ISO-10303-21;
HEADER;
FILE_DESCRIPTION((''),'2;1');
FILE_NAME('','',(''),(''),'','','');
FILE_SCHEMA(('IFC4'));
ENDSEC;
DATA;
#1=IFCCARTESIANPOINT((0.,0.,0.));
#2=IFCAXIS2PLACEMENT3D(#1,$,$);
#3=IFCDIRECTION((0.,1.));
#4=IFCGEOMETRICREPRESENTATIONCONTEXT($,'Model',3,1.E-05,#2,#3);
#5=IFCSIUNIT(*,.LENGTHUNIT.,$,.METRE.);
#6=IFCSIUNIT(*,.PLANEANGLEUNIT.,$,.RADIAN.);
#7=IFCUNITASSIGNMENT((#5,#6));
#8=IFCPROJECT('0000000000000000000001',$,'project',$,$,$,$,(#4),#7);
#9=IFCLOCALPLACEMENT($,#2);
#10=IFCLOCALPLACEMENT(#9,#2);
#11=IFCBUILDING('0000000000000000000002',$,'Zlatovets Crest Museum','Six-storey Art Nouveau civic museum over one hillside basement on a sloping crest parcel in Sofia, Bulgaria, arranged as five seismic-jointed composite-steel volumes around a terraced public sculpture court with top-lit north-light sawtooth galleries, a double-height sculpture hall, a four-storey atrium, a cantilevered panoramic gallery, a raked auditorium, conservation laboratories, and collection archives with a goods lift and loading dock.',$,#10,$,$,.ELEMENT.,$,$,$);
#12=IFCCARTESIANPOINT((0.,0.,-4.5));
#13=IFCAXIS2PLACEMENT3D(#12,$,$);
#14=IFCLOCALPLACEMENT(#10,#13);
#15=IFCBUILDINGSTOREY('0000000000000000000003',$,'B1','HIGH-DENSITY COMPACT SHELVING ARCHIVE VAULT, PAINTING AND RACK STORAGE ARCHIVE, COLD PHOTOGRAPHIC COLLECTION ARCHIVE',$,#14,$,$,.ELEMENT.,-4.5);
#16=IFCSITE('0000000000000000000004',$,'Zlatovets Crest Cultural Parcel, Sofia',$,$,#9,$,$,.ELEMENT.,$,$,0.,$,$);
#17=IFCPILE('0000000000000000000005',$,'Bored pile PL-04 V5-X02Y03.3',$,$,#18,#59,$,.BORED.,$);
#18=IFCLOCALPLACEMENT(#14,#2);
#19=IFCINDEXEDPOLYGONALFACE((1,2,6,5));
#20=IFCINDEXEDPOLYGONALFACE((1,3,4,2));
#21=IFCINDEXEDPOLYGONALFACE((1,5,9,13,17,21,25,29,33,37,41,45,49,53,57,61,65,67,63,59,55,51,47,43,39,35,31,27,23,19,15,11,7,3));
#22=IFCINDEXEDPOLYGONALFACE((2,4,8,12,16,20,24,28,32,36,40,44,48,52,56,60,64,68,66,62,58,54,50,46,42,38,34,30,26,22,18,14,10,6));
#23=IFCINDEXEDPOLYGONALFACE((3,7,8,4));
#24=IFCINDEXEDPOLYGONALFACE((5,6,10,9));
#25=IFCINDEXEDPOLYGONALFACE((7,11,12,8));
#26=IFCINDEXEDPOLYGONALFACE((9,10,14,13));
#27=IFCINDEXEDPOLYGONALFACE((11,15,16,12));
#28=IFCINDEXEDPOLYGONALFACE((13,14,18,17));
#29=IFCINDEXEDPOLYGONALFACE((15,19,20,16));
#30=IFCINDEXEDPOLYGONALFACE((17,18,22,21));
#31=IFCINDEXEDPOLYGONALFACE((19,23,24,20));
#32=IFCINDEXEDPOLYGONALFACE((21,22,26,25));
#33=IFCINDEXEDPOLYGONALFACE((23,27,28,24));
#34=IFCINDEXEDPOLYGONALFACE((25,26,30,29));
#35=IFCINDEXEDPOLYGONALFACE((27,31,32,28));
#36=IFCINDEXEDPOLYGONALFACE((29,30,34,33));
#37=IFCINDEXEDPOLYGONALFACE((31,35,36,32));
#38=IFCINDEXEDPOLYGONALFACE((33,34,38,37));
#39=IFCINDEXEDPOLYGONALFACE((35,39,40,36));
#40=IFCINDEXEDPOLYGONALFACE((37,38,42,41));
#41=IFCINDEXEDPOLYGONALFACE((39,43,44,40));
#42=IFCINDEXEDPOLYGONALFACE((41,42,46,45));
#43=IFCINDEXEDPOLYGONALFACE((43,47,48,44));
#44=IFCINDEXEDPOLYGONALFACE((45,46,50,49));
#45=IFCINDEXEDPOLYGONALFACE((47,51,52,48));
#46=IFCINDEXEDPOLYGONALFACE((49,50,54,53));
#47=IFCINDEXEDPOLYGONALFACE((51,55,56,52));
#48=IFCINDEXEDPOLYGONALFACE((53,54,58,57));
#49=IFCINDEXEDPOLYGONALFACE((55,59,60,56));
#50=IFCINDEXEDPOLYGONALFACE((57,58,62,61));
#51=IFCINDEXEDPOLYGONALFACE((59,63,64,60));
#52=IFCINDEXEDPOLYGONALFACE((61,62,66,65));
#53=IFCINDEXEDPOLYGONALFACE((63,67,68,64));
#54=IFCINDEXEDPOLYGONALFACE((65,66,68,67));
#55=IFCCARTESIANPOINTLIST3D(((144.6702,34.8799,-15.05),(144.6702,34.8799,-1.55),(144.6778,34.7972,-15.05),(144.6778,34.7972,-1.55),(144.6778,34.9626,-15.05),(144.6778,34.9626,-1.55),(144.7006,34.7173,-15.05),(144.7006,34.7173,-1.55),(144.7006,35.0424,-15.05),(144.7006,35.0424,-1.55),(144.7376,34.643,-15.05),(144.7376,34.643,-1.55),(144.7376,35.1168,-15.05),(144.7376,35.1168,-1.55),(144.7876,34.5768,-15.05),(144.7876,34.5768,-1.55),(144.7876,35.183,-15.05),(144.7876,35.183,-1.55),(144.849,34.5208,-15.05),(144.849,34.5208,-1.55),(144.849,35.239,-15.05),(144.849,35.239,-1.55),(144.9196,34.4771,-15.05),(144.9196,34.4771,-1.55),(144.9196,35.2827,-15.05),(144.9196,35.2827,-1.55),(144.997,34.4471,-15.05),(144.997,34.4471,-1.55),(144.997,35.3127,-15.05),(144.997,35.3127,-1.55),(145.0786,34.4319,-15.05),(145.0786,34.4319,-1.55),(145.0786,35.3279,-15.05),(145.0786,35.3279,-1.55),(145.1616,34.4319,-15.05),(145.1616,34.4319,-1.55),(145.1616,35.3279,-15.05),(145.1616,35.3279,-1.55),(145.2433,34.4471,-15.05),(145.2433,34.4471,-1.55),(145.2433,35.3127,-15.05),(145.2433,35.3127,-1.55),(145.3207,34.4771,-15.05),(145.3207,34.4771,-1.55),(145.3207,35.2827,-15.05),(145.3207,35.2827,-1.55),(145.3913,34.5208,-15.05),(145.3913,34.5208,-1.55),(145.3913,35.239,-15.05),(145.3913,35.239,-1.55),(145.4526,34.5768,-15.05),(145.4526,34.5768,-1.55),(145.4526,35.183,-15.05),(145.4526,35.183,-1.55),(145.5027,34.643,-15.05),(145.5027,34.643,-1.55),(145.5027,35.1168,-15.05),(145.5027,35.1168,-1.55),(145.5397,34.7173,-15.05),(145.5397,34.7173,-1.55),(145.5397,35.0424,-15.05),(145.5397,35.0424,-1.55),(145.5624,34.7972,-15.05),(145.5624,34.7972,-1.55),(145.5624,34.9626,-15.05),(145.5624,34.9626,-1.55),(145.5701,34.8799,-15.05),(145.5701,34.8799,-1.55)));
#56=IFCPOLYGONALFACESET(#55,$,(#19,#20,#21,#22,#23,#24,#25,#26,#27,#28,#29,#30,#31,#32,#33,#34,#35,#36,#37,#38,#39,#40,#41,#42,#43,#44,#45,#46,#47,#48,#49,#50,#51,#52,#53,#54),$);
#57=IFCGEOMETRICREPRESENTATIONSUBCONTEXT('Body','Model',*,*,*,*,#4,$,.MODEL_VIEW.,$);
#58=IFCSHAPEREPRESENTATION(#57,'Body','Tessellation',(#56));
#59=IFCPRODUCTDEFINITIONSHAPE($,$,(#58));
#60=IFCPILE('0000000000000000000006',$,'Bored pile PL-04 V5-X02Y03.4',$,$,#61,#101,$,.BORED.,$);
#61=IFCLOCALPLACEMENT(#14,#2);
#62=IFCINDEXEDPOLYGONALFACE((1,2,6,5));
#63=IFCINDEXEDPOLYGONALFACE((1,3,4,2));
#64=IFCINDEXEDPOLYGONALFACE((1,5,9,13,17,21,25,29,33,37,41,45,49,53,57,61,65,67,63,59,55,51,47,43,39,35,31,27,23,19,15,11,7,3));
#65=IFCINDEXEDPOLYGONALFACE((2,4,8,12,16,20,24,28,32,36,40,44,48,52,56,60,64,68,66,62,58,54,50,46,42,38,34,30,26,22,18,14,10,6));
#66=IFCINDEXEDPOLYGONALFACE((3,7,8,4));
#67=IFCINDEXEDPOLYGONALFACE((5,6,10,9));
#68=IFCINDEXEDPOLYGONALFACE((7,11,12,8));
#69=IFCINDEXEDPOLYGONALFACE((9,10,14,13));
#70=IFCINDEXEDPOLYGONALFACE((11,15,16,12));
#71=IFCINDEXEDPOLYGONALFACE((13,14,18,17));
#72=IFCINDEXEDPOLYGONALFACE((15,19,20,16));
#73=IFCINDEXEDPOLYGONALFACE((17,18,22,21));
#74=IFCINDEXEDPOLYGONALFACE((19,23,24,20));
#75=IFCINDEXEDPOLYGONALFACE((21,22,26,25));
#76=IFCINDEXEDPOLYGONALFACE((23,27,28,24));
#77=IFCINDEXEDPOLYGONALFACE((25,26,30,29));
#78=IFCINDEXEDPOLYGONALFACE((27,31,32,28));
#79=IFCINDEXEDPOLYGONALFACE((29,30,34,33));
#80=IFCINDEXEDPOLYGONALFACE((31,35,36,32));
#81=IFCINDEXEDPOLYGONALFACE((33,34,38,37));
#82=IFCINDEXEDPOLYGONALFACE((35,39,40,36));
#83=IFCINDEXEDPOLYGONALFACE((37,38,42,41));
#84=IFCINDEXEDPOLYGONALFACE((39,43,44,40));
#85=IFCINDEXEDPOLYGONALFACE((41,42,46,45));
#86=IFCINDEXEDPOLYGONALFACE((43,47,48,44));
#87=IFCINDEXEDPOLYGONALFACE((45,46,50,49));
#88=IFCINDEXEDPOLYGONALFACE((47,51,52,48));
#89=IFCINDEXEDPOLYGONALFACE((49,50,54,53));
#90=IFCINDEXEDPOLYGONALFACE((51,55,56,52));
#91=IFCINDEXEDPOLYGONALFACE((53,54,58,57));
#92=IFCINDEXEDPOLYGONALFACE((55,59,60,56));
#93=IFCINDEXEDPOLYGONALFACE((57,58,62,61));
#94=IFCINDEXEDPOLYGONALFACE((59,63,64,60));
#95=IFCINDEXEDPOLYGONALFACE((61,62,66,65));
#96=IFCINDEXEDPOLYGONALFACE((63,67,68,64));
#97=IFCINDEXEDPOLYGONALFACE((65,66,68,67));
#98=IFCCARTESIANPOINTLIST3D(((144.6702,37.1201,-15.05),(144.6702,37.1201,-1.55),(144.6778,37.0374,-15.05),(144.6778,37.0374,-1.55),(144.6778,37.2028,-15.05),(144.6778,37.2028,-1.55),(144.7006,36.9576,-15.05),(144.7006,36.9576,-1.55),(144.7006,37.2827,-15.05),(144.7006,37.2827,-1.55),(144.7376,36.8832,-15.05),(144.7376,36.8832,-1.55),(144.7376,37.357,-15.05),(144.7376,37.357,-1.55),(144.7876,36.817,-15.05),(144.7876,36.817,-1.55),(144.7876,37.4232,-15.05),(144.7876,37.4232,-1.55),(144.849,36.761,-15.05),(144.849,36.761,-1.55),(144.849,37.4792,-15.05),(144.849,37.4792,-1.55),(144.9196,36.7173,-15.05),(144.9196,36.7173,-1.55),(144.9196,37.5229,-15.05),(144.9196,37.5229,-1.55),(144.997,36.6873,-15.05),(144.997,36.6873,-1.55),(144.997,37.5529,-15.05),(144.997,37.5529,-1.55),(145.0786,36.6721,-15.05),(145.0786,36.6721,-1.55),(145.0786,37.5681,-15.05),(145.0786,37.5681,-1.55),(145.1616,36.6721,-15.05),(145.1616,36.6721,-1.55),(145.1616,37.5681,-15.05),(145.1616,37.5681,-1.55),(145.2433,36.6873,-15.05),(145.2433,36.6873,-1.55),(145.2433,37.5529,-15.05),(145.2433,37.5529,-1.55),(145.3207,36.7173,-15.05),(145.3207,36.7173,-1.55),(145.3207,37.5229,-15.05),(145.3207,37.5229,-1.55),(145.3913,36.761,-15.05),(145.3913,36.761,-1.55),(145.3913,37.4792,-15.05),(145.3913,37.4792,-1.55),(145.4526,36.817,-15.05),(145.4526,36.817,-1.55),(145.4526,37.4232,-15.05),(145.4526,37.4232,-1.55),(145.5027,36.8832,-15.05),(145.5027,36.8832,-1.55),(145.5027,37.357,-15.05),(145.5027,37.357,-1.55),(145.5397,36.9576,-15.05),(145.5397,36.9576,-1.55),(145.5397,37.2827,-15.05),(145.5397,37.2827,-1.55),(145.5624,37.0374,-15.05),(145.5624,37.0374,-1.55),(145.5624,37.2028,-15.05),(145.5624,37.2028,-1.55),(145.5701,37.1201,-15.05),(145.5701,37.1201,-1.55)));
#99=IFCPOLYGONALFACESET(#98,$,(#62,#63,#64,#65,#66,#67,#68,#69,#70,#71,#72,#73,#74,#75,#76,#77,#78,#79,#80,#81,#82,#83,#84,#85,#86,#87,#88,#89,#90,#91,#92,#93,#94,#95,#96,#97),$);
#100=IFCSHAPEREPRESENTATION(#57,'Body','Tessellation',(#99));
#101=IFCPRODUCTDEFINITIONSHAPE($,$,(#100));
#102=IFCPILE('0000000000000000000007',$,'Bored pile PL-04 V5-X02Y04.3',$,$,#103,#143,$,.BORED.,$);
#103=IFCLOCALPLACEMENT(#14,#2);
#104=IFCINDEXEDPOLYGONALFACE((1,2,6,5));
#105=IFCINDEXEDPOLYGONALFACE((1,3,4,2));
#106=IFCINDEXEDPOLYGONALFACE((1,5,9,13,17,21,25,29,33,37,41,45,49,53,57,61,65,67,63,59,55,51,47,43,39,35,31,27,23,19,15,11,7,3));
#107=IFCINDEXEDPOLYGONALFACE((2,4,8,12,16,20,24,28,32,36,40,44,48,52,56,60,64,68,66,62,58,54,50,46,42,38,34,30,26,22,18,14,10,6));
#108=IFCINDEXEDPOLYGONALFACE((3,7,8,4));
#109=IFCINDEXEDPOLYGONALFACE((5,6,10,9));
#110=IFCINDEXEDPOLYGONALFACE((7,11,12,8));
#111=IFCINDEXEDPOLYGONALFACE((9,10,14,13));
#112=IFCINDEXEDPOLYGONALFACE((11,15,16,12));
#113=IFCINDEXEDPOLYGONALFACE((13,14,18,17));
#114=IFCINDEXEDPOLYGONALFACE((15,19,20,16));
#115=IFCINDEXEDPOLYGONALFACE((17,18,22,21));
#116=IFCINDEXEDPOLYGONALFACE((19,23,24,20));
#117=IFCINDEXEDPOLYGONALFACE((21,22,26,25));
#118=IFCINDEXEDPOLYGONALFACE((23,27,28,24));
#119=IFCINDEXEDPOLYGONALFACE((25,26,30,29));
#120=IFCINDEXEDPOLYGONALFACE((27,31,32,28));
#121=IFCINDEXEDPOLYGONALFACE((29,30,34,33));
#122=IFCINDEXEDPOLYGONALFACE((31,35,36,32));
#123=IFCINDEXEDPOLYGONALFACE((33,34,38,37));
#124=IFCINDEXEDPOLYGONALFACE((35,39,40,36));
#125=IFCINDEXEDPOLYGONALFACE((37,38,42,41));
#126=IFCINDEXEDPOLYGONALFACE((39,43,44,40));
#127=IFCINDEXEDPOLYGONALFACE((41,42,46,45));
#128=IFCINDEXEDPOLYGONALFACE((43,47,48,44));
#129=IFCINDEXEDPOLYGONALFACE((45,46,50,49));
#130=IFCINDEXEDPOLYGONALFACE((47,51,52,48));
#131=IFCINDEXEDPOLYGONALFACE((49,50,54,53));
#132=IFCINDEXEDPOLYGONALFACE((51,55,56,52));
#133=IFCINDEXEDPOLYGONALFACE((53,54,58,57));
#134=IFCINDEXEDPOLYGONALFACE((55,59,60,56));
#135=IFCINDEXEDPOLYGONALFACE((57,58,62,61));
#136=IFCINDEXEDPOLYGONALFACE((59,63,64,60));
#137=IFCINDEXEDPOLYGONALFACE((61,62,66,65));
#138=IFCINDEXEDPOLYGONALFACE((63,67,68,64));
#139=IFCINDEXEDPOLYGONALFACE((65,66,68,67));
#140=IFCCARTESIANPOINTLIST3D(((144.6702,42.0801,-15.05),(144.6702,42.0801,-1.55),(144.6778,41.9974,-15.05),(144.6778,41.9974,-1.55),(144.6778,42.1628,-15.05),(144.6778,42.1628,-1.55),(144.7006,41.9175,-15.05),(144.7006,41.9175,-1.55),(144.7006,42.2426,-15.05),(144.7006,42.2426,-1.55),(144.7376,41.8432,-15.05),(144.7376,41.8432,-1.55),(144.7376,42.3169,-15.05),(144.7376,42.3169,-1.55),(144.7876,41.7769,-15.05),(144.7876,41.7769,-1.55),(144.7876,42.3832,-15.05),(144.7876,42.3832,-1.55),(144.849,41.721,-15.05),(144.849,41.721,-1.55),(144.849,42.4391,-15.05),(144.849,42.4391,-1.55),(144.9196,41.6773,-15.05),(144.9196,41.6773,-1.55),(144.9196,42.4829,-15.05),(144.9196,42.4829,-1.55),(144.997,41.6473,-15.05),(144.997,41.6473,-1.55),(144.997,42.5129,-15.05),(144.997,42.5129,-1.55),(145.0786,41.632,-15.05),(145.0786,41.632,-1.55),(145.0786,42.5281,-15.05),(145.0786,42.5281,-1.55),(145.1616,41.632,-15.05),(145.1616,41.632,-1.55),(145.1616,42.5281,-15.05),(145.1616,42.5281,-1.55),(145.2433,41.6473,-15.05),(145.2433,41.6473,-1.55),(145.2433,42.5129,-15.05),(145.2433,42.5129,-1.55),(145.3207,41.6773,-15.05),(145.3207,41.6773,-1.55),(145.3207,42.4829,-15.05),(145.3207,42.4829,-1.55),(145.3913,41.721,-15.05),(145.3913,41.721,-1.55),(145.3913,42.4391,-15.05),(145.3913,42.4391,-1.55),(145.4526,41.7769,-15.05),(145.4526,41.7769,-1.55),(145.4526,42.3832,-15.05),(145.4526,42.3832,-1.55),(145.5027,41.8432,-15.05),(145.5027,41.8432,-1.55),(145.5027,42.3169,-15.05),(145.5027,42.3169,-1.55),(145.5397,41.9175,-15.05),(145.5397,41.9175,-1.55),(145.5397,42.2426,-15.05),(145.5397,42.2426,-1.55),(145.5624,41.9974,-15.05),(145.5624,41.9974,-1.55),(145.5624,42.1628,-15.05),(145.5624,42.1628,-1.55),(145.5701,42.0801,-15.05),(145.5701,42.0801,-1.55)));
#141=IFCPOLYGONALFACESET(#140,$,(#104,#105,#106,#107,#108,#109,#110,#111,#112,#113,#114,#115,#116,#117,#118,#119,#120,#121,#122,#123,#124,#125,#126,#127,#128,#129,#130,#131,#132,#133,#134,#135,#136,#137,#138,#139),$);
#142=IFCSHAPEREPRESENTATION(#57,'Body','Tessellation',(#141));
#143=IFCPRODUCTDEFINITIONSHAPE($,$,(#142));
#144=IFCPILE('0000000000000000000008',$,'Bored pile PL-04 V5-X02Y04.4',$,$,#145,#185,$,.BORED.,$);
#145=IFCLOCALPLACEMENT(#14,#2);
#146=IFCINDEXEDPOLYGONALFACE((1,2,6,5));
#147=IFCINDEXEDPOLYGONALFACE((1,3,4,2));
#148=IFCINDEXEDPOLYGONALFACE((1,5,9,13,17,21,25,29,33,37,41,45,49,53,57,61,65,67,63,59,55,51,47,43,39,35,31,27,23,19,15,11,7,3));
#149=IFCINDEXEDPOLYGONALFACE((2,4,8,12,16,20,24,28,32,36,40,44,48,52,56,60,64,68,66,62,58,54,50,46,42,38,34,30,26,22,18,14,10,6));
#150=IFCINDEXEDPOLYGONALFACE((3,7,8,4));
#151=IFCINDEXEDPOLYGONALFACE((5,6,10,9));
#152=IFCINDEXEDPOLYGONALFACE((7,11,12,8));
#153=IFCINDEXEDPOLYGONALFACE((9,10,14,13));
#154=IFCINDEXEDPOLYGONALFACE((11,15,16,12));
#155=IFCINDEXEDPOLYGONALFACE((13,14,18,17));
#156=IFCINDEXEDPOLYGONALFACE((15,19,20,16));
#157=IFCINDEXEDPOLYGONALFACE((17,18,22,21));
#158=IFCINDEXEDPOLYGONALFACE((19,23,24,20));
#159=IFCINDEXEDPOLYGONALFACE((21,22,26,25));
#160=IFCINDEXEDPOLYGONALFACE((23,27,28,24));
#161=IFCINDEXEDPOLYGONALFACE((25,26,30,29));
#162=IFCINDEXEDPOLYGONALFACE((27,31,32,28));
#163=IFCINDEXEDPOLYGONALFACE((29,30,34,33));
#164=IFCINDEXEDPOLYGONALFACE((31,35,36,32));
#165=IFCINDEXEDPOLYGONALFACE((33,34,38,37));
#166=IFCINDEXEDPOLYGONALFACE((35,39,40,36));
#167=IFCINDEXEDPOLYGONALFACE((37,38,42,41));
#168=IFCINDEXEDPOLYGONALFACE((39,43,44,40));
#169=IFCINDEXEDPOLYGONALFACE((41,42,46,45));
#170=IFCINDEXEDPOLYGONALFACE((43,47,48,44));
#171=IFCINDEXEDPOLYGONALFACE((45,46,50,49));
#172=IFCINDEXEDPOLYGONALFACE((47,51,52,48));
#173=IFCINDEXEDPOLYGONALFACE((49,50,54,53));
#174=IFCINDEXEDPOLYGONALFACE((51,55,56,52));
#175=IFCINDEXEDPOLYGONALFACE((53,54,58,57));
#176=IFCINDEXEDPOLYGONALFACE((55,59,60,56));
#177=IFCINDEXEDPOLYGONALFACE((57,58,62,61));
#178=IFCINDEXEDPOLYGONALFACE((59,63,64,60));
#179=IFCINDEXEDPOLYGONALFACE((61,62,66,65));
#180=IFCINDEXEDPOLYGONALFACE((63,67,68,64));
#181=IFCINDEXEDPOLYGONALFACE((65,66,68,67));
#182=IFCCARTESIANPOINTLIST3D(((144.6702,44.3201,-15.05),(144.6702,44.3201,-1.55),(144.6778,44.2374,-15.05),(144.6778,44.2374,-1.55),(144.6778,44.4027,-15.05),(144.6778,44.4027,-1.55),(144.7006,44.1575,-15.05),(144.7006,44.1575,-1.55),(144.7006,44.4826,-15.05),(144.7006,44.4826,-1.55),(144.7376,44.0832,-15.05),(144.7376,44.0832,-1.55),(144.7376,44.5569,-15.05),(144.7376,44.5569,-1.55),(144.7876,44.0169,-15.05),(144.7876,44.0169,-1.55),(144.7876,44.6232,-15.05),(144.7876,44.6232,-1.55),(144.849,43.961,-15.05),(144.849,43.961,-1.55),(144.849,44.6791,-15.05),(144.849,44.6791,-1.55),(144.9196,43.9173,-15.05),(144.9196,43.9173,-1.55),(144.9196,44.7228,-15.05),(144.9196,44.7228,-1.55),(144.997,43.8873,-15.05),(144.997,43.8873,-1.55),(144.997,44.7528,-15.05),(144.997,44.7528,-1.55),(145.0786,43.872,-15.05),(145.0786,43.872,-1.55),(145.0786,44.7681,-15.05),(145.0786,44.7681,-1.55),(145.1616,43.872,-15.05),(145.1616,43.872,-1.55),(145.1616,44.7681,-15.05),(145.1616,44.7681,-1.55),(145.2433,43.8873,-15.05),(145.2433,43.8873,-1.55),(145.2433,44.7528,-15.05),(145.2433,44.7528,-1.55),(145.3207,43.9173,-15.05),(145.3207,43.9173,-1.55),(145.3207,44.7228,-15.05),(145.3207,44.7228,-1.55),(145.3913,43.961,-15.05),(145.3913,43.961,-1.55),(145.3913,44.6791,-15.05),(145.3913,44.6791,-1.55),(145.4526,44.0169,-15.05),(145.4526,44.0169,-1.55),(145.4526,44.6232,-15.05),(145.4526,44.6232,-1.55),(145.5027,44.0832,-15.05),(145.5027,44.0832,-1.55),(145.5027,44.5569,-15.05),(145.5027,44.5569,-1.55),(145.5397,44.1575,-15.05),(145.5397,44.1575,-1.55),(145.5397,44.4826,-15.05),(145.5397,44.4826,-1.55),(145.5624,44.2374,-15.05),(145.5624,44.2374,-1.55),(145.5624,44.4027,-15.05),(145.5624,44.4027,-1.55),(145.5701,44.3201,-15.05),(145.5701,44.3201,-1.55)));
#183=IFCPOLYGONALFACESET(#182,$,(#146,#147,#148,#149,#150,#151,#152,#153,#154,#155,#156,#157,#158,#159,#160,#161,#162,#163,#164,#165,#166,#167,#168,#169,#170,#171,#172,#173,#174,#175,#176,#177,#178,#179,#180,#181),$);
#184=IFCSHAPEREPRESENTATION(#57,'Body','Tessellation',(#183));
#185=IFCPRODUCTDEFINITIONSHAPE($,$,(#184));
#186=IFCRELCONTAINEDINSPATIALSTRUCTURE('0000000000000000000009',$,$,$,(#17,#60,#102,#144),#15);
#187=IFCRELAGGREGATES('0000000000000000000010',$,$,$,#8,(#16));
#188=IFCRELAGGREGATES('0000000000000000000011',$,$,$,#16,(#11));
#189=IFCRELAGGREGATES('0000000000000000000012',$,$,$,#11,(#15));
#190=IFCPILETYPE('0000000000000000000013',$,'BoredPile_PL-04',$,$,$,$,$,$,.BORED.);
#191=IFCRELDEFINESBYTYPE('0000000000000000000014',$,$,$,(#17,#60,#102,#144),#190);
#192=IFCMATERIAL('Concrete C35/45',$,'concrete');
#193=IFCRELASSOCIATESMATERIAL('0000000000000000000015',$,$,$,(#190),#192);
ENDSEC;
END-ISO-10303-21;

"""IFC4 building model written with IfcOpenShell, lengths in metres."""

from ifc_helpers import new_model, si_unit, direction, frame, origin, origin_2d, place, context, subcontext, project, spatial, circle, extrude, material, material_profile, profile_set, type_object, element, save


model = new_model("IFC4")

# Units and contexts
model_context = context("Model", 3, precision=1e-05, world=origin(), true_north=direction((0.0, 1.0)))
body_context = subcontext(model_context, "Body", "Model", "MODEL_VIEW")
ifc_project = project(units=[si_unit("LENGTHUNIT", "METRE"), si_unit("PLANEANGLEUNIT", "RADIAN")], contexts=[model_context])

# Site, building, storey
site_placement = place(None, origin())
site = spatial("IfcSite", under=ifc_project, at=site_placement, Name="Zlatovets Crest Cultural Parcel, Sofia", CompositionType="ELEMENT", RefElevation=0.0)
building_placement = place(site_placement, origin())
building = spatial("IfcBuilding", under=site, at=building_placement, Name="Zlatovets Crest Museum", Description="Six-storey Art Nouveau civic museum over one hillside basement on a sloping crest parcel in Sofia, Bulgaria, arranged as five seismic-jointed composite-steel volumes around a terraced public sculpture court with top-lit north-light sawtooth galleries, a double-height sculpture hall, a four-storey atrium, a cantilevered panoramic gallery, a raked auditorium, conservation laboratories, and collection archives with a goods lift and loading dock.", CompositionType="ELEMENT")
storey_placement = place(building_placement, frame((0.0, 0.0, -4.5)))
storey = spatial("IfcBuildingStorey", under=building, at=storey_placement, Name="B1", Description="HIGH-DENSITY COMPACT SHELVING ARCHIVE VAULT, PAINTING AND RACK STORAGE ARCHIVE, COLD PHOTOGRAPHIC COLLECTION ARCHIVE", CompositionType="ELEMENT", Elevation=-4.5)

# Piles
ifc_material = material(Name="Concrete C35/45", Category="concrete")
ifc_material_profile_1 = material_profile(ifc_material, circle(Radius=0.45, at=origin_2d()), Name="PILE D900")
ifc_profile_set_1 = profile_set([ifc_material_profile_1], Name="Concrete C35/45")
pile_type = type_object("IfcPileType", Name="BoredPile_PL-04", PredefinedType="BORED", material=ifc_profile_set_1)
for number, where, z_axis, x_axis, name in (
    (1, (145.1201, 34.8799, -1.55), (0.0, 0.0, -1.0), (1.0, 0.0, 0.0), "Bored pile PL-04 V5-X02Y03.3"),
    (2, (145.1201, 37.1201, -1.55), (0.0, 0.0, -1.0), (1.0, 0.0, 0.0), "Bored pile PL-04 V5-X02Y03.4"),
    (3, (145.1201, 42.0801, -1.55), (0.0, 0.0, -1.0), (1.0, 0.0, 0.0), "Bored pile PL-04 V5-X02Y04.3"),
    (4, (145.1201, 44.3201, -1.55), (0.0, 0.0, -1.0), (1.0, 0.0, 0.0), "Bored pile PL-04 V5-X02Y04.4"),
):
    element("IfcPile", number, at=place(storey_placement, frame(where, z_axis=z_axis, x_axis=x_axis)), inside=storey, type_object=pile_type, Name=name, PredefinedType="BORED", context=body_context, shape_type="SweptSolid", body=[
        extrude(circle(Radius=0.45, at=origin_2d()), origin(), (0.0, 0.0, 1.0), 13.5),
    ])

save(model, "model.ifc")
